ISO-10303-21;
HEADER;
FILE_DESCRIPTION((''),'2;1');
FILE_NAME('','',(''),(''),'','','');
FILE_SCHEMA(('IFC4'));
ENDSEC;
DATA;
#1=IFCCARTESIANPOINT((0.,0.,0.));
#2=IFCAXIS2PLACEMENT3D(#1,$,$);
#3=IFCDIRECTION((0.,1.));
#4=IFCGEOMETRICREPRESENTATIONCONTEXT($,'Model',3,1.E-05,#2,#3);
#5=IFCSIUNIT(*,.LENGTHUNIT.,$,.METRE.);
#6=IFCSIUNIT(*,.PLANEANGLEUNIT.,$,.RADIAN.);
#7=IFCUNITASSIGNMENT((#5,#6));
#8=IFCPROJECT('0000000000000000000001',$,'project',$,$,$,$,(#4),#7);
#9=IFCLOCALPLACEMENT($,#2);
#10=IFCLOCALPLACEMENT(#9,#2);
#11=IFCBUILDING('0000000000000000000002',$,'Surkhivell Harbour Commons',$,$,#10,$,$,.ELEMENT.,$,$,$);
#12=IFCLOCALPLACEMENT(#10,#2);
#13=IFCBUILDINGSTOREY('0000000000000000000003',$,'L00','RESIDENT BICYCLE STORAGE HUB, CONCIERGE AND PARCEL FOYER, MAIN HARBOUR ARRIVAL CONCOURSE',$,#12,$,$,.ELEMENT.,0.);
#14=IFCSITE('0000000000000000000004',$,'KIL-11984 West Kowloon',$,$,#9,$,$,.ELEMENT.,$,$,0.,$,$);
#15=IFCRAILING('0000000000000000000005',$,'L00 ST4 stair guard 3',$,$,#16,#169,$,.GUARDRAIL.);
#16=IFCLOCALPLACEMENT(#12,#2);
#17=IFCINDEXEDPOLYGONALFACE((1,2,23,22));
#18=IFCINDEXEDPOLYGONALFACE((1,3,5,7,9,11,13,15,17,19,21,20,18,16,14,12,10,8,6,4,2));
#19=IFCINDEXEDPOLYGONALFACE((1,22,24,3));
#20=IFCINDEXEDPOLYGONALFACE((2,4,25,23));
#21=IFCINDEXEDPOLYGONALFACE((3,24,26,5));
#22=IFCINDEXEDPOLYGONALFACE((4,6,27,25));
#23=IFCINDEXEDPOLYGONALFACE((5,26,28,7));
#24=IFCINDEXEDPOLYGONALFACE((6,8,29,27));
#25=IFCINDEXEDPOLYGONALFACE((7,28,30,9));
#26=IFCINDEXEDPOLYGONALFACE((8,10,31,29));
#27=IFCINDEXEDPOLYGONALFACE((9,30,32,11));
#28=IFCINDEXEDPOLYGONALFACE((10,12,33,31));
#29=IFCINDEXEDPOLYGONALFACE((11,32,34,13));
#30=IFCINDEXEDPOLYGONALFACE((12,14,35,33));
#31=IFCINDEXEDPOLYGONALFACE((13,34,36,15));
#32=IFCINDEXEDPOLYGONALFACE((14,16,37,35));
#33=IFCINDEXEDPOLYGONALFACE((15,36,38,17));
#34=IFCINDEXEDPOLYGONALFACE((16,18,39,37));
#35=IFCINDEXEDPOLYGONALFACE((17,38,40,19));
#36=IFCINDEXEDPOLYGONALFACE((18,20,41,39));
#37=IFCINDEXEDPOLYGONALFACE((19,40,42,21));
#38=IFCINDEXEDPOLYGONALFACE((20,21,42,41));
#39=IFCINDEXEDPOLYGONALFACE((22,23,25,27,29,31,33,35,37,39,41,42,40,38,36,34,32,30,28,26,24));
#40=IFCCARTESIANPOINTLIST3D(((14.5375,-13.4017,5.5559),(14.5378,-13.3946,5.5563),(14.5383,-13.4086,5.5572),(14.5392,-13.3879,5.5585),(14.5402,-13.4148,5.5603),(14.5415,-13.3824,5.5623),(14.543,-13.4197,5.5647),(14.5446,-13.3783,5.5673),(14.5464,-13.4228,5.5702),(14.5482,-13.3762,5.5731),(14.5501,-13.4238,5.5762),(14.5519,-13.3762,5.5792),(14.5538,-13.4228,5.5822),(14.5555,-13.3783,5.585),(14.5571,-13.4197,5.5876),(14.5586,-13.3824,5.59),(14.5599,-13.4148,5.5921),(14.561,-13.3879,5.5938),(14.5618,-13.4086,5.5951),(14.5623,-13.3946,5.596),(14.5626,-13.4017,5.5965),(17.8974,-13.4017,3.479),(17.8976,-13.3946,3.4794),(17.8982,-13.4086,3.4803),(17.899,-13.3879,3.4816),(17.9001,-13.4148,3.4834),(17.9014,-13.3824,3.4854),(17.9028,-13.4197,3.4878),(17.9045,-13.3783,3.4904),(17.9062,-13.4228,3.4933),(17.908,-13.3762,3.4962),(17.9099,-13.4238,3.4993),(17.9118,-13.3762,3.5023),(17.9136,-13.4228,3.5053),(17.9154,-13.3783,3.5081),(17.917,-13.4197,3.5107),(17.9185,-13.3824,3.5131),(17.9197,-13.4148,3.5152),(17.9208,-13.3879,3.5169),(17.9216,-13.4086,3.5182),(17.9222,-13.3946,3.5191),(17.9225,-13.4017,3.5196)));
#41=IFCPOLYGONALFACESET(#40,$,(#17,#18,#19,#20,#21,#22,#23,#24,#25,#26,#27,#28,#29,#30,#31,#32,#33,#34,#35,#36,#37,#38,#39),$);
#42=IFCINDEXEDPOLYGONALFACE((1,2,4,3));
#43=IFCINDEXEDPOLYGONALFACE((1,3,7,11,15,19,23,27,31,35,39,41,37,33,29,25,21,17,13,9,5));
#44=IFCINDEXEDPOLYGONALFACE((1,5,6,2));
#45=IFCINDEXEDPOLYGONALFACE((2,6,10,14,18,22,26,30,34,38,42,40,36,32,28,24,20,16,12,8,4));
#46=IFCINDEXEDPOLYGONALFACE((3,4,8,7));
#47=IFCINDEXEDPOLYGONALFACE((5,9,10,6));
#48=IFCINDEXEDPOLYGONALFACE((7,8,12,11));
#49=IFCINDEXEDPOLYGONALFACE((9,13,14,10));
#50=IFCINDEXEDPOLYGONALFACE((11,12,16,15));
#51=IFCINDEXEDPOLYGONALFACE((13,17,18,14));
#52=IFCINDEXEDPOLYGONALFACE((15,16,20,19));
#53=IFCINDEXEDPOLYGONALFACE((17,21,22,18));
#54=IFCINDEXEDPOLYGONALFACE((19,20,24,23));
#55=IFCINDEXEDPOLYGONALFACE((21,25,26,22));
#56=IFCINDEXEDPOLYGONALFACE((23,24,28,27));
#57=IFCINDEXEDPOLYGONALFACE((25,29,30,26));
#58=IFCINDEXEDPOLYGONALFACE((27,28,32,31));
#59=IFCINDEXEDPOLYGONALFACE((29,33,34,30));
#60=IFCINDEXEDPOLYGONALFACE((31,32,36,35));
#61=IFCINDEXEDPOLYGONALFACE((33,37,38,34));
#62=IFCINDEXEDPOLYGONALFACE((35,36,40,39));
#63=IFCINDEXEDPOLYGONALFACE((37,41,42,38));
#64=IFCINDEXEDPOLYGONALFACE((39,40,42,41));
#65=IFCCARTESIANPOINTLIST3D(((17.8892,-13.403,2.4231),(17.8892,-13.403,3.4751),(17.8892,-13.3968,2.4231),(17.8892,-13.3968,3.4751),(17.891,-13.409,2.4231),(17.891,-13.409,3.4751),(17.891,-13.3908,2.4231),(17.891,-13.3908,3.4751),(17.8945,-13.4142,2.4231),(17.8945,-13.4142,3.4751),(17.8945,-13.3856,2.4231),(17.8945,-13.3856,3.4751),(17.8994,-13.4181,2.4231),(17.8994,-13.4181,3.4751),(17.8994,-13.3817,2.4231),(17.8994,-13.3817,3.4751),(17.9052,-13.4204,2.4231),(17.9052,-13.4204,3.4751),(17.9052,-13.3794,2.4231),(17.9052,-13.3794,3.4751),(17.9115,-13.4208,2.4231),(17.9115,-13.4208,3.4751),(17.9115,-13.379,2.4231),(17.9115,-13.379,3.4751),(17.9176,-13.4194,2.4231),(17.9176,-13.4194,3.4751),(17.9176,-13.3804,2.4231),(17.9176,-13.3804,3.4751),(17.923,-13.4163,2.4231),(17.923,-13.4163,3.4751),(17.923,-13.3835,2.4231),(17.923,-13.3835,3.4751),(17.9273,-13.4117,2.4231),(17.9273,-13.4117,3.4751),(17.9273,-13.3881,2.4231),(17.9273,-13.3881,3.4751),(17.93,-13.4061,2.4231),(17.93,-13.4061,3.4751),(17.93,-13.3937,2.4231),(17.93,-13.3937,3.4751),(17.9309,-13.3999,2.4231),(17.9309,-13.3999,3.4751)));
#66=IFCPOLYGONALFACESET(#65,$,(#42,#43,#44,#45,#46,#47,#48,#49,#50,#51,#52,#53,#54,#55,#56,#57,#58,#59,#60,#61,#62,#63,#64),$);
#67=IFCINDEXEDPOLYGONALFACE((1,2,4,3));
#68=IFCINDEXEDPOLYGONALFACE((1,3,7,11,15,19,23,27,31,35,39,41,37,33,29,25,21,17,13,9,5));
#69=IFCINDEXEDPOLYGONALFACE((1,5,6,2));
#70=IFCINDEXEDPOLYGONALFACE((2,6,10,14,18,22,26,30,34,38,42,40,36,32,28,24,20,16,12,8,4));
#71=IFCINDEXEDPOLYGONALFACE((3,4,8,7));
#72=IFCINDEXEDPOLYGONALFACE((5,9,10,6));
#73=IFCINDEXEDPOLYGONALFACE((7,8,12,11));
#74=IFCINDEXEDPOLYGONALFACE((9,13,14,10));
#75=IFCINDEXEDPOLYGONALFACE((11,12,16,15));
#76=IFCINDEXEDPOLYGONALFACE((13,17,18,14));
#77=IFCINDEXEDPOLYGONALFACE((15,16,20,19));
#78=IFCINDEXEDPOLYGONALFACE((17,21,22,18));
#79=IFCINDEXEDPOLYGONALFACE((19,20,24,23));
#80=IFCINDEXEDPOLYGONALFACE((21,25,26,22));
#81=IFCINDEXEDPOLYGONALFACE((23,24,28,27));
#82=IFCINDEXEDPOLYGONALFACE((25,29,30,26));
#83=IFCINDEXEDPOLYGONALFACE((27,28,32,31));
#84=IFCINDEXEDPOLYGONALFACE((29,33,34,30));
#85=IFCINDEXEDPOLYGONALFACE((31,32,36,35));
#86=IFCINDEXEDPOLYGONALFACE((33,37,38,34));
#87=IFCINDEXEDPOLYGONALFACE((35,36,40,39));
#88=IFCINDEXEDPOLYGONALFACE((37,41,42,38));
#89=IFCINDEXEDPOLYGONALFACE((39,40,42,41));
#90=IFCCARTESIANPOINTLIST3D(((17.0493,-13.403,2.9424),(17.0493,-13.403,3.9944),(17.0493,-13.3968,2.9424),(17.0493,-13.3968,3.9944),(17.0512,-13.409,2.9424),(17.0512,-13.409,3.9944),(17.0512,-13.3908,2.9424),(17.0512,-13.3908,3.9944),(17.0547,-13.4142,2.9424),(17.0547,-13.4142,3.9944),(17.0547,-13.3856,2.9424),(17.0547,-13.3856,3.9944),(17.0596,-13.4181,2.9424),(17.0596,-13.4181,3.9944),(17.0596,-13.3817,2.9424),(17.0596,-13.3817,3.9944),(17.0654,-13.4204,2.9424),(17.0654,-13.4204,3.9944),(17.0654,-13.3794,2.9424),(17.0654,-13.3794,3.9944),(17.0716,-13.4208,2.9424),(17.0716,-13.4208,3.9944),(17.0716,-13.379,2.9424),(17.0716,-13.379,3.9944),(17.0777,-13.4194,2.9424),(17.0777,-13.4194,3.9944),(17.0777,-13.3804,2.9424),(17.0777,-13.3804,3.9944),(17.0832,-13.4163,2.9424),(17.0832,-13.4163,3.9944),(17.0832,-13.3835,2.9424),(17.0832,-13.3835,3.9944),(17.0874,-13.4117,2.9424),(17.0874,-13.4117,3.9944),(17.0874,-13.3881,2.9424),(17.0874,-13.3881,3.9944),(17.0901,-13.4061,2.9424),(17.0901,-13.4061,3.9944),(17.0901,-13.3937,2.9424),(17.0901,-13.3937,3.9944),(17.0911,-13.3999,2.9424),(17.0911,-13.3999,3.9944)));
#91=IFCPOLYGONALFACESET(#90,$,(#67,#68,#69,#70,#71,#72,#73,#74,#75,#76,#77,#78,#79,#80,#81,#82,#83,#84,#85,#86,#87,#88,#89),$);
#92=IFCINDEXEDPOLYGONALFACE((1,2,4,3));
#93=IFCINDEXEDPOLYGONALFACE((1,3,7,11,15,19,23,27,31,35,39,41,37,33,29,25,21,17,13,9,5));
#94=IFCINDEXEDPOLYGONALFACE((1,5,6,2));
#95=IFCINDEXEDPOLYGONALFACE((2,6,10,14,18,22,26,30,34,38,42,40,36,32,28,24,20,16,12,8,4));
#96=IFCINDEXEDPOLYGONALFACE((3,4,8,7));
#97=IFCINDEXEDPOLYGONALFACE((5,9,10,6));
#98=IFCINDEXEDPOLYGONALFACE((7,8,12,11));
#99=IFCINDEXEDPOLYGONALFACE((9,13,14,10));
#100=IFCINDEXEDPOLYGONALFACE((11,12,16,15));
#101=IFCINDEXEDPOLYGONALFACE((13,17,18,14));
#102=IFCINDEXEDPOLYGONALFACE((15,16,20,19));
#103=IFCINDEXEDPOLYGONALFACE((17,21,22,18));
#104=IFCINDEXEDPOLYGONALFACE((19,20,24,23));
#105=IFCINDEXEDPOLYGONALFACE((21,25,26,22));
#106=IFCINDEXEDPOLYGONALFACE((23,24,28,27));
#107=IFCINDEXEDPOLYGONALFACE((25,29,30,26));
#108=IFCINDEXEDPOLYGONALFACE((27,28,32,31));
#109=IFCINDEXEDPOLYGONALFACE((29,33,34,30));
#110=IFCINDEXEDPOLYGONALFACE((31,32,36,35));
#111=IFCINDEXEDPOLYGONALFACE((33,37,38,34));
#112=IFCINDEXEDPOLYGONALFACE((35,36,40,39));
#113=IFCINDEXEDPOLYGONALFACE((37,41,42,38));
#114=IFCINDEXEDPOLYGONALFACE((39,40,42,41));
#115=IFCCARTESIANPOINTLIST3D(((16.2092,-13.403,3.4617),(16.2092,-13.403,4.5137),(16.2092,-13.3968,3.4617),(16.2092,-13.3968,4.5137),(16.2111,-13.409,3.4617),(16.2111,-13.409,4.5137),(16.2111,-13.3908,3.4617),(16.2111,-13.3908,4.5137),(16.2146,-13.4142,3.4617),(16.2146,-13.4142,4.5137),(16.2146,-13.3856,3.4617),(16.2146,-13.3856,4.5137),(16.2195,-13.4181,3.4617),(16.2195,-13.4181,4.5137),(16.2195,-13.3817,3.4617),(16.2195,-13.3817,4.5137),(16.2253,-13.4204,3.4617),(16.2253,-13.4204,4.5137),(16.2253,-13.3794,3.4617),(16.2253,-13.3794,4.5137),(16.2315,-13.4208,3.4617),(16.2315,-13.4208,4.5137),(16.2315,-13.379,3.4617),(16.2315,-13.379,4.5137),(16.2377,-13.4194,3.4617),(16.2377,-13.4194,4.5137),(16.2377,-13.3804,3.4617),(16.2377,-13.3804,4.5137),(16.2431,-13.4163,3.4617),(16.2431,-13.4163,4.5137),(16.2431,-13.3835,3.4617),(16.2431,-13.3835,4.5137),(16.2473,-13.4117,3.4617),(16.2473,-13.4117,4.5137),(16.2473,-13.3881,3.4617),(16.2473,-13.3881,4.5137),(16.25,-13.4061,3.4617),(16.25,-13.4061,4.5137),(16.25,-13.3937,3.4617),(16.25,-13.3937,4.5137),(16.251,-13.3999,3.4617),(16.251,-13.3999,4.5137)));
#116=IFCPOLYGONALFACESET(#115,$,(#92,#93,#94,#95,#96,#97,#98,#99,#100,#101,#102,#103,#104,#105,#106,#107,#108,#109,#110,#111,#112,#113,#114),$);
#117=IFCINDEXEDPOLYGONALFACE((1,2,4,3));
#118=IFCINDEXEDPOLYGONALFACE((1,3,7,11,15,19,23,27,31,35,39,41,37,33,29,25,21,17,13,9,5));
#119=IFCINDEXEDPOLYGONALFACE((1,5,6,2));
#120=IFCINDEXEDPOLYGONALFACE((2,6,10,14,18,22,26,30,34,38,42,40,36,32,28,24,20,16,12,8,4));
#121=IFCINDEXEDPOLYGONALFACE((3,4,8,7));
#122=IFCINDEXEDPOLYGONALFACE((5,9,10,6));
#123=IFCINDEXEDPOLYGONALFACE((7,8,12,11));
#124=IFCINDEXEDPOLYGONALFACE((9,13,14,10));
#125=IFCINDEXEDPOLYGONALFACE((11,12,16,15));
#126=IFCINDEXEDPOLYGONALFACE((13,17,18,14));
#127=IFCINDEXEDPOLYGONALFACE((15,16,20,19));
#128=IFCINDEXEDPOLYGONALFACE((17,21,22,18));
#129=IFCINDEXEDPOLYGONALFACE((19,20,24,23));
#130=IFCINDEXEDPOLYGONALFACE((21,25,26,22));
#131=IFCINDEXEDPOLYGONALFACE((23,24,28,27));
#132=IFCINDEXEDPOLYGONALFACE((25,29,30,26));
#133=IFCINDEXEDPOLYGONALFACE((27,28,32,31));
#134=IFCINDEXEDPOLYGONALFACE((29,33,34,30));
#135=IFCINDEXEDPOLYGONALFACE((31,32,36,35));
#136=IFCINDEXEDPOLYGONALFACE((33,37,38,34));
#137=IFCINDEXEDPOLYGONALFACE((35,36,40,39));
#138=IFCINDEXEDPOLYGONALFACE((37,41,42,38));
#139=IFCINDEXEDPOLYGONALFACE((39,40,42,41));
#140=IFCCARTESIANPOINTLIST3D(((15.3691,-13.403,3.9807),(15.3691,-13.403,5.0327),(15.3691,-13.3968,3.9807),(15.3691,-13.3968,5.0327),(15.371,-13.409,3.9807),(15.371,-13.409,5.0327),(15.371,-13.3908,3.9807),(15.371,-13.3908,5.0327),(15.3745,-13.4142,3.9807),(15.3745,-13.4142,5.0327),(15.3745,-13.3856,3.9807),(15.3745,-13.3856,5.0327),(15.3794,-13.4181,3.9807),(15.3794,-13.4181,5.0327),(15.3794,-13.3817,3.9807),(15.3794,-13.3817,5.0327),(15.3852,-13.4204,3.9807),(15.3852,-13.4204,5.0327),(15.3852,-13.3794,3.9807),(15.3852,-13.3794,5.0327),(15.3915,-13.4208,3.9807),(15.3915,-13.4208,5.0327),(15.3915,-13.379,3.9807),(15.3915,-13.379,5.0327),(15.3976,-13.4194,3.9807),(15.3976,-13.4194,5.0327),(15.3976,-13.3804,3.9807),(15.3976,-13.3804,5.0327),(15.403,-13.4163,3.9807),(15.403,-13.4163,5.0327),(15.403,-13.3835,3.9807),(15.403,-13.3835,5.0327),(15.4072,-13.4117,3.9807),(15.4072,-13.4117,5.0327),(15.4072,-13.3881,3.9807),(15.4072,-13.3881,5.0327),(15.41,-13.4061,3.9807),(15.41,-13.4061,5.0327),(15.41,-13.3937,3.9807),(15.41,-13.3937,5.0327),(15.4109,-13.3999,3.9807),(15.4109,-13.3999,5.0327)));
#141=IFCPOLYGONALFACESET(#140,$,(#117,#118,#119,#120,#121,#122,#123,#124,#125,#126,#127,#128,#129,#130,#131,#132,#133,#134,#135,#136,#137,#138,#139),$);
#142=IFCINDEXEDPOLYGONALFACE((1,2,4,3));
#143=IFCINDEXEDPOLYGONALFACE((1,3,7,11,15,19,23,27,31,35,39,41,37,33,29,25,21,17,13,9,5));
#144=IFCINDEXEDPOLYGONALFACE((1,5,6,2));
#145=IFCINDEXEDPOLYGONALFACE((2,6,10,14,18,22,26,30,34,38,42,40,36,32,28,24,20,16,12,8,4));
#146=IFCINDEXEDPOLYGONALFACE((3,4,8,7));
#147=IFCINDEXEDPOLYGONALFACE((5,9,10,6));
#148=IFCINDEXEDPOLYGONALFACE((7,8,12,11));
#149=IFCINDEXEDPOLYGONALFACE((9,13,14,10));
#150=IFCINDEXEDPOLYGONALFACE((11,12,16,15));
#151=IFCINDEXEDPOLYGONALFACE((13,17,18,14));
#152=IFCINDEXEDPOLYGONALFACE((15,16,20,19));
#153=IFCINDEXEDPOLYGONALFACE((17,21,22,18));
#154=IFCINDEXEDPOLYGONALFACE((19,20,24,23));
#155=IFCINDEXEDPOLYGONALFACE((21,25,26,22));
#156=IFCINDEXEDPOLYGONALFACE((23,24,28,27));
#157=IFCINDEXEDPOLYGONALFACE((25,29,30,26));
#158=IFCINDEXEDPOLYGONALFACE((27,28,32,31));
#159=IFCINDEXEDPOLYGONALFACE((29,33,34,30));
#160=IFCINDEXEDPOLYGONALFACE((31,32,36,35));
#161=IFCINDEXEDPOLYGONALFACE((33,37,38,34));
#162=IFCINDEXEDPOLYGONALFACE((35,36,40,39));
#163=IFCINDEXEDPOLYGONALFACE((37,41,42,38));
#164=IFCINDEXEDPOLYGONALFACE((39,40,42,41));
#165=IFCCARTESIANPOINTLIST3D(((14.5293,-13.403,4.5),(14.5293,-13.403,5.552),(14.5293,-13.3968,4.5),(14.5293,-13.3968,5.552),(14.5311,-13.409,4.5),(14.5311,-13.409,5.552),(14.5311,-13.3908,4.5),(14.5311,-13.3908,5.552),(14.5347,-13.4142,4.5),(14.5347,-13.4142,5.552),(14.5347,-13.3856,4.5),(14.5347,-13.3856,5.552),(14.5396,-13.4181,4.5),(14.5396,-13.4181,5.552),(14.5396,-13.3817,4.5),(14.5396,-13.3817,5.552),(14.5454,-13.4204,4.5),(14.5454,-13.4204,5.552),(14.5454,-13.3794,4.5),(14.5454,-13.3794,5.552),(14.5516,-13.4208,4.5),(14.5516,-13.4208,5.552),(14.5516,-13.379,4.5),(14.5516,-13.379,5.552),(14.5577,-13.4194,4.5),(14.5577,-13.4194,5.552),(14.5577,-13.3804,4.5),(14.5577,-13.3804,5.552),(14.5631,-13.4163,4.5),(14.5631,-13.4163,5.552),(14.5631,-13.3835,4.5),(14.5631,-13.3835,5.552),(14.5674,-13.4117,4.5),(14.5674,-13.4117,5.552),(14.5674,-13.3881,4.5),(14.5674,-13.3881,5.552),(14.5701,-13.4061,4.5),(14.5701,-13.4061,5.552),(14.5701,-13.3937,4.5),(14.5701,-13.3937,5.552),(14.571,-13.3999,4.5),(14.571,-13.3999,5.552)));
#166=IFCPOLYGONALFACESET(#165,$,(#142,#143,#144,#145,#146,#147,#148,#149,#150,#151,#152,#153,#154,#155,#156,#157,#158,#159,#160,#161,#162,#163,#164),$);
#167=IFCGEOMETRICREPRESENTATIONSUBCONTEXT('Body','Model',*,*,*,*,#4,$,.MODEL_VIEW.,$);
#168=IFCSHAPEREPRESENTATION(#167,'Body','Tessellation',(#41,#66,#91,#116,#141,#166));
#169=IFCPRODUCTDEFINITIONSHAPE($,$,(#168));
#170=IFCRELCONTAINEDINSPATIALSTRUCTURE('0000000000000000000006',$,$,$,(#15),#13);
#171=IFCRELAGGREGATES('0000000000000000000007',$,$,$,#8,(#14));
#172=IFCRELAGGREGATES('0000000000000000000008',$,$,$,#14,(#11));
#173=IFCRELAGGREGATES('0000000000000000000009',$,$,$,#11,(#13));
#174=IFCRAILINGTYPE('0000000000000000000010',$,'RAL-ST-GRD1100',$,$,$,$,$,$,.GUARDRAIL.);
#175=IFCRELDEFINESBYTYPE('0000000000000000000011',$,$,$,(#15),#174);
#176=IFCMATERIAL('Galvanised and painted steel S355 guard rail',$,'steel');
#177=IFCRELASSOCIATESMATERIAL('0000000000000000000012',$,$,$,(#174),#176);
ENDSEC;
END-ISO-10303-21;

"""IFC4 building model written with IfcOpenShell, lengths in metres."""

from ifc_helpers import new_model, si_unit, direction, frame, origin, origin_2d, place, context, subcontext, project, spatial, circle, extrude, material, type_object, element, save


model = new_model("IFC4")

# Units and contexts
model_context = context("Model", 3, precision=1e-05, world=origin(), true_north=direction((0.0, 1.0)))
body_context = subcontext(model_context, "Body", "Model", "MODEL_VIEW")
ifc_project = project(units=[si_unit("LENGTHUNIT", "METRE"), si_unit("PLANEANGLEUNIT", "RADIAN")], contexts=[model_context])

# Site, building, storey
site_placement = place(None, origin())
site = spatial("IfcSite", under=ifc_project, at=site_placement, Name="KIL-11984 West Kowloon", CompositionType="ELEMENT", RefElevation=0.0)
building_placement = place(site_placement, origin())
building = spatial("IfcBuilding", under=site, at=building_placement, Name="Surkhivell Harbour Commons", CompositionType="ELEMENT")
storey_placement = place(building_placement, origin())
storey = spatial("IfcBuildingStorey", under=building, at=storey_placement, Name="L00", Description="RESIDENT BICYCLE STORAGE HUB, CONCIERGE AND PARCEL FOYER, MAIN HARBOUR ARRIVAL CONCOURSE", CompositionType="ELEMENT", Elevation=0.0)

# Railing
ifc_material_1 = material(Name="Galvanised and painted steel S355 guard rail", Category="steel")
railing_type_1 = type_object("IfcRailingType", Name="RAL-ST-GRD1100", PredefinedType="GUARDRAIL", material=ifc_material_1)
railing_1_placement = place(storey_placement, frame((17.9099, -13.3999, 2.4231)))
element("IfcRailing", 1, at=railing_1_placement, inside=storey, type_object=railing_type_1, Name="L00 ST4 stair guard 3", PredefinedType="GUARDRAIL", context=body_context, shape_type="SweptSolid", body=[
    extrude(circle(Radius=0.0239, at=origin_2d()), frame((0.0, 0.0, 1.0762), z_axis=(-0.850606, 0.0, 0.525803), x_axis=(0.0, -1.0, 0.0)), (0.0, 0.0, 1.0), 3.95),
    extrude(circle(Radius=0.021, at=origin_2d()), origin(), (0.0, 0.0, 1.0), 1.052),
    extrude(circle(Radius=0.021, at=origin_2d()), frame((-0.8398, 0.0, 0.5193)), (0.0, 0.0, 1.0), 1.052),
    extrude(circle(Radius=0.021, at=origin_2d()), frame((-1.6799, 0.0, 1.0386)), (0.0, 0.0, 1.0), 1.052),
    extrude(circle(Radius=0.021, at=origin_2d()), frame((-2.52, 0.0, 1.5576)), (0.0, 0.0, 1.0), 1.052),
    extrude(circle(Radius=0.021, at=origin_2d()), frame((-3.3599, 0.0, 2.0769)), (0.0, 0.0, 1.0), 1.052),
])

save(model, "model.ifc")
